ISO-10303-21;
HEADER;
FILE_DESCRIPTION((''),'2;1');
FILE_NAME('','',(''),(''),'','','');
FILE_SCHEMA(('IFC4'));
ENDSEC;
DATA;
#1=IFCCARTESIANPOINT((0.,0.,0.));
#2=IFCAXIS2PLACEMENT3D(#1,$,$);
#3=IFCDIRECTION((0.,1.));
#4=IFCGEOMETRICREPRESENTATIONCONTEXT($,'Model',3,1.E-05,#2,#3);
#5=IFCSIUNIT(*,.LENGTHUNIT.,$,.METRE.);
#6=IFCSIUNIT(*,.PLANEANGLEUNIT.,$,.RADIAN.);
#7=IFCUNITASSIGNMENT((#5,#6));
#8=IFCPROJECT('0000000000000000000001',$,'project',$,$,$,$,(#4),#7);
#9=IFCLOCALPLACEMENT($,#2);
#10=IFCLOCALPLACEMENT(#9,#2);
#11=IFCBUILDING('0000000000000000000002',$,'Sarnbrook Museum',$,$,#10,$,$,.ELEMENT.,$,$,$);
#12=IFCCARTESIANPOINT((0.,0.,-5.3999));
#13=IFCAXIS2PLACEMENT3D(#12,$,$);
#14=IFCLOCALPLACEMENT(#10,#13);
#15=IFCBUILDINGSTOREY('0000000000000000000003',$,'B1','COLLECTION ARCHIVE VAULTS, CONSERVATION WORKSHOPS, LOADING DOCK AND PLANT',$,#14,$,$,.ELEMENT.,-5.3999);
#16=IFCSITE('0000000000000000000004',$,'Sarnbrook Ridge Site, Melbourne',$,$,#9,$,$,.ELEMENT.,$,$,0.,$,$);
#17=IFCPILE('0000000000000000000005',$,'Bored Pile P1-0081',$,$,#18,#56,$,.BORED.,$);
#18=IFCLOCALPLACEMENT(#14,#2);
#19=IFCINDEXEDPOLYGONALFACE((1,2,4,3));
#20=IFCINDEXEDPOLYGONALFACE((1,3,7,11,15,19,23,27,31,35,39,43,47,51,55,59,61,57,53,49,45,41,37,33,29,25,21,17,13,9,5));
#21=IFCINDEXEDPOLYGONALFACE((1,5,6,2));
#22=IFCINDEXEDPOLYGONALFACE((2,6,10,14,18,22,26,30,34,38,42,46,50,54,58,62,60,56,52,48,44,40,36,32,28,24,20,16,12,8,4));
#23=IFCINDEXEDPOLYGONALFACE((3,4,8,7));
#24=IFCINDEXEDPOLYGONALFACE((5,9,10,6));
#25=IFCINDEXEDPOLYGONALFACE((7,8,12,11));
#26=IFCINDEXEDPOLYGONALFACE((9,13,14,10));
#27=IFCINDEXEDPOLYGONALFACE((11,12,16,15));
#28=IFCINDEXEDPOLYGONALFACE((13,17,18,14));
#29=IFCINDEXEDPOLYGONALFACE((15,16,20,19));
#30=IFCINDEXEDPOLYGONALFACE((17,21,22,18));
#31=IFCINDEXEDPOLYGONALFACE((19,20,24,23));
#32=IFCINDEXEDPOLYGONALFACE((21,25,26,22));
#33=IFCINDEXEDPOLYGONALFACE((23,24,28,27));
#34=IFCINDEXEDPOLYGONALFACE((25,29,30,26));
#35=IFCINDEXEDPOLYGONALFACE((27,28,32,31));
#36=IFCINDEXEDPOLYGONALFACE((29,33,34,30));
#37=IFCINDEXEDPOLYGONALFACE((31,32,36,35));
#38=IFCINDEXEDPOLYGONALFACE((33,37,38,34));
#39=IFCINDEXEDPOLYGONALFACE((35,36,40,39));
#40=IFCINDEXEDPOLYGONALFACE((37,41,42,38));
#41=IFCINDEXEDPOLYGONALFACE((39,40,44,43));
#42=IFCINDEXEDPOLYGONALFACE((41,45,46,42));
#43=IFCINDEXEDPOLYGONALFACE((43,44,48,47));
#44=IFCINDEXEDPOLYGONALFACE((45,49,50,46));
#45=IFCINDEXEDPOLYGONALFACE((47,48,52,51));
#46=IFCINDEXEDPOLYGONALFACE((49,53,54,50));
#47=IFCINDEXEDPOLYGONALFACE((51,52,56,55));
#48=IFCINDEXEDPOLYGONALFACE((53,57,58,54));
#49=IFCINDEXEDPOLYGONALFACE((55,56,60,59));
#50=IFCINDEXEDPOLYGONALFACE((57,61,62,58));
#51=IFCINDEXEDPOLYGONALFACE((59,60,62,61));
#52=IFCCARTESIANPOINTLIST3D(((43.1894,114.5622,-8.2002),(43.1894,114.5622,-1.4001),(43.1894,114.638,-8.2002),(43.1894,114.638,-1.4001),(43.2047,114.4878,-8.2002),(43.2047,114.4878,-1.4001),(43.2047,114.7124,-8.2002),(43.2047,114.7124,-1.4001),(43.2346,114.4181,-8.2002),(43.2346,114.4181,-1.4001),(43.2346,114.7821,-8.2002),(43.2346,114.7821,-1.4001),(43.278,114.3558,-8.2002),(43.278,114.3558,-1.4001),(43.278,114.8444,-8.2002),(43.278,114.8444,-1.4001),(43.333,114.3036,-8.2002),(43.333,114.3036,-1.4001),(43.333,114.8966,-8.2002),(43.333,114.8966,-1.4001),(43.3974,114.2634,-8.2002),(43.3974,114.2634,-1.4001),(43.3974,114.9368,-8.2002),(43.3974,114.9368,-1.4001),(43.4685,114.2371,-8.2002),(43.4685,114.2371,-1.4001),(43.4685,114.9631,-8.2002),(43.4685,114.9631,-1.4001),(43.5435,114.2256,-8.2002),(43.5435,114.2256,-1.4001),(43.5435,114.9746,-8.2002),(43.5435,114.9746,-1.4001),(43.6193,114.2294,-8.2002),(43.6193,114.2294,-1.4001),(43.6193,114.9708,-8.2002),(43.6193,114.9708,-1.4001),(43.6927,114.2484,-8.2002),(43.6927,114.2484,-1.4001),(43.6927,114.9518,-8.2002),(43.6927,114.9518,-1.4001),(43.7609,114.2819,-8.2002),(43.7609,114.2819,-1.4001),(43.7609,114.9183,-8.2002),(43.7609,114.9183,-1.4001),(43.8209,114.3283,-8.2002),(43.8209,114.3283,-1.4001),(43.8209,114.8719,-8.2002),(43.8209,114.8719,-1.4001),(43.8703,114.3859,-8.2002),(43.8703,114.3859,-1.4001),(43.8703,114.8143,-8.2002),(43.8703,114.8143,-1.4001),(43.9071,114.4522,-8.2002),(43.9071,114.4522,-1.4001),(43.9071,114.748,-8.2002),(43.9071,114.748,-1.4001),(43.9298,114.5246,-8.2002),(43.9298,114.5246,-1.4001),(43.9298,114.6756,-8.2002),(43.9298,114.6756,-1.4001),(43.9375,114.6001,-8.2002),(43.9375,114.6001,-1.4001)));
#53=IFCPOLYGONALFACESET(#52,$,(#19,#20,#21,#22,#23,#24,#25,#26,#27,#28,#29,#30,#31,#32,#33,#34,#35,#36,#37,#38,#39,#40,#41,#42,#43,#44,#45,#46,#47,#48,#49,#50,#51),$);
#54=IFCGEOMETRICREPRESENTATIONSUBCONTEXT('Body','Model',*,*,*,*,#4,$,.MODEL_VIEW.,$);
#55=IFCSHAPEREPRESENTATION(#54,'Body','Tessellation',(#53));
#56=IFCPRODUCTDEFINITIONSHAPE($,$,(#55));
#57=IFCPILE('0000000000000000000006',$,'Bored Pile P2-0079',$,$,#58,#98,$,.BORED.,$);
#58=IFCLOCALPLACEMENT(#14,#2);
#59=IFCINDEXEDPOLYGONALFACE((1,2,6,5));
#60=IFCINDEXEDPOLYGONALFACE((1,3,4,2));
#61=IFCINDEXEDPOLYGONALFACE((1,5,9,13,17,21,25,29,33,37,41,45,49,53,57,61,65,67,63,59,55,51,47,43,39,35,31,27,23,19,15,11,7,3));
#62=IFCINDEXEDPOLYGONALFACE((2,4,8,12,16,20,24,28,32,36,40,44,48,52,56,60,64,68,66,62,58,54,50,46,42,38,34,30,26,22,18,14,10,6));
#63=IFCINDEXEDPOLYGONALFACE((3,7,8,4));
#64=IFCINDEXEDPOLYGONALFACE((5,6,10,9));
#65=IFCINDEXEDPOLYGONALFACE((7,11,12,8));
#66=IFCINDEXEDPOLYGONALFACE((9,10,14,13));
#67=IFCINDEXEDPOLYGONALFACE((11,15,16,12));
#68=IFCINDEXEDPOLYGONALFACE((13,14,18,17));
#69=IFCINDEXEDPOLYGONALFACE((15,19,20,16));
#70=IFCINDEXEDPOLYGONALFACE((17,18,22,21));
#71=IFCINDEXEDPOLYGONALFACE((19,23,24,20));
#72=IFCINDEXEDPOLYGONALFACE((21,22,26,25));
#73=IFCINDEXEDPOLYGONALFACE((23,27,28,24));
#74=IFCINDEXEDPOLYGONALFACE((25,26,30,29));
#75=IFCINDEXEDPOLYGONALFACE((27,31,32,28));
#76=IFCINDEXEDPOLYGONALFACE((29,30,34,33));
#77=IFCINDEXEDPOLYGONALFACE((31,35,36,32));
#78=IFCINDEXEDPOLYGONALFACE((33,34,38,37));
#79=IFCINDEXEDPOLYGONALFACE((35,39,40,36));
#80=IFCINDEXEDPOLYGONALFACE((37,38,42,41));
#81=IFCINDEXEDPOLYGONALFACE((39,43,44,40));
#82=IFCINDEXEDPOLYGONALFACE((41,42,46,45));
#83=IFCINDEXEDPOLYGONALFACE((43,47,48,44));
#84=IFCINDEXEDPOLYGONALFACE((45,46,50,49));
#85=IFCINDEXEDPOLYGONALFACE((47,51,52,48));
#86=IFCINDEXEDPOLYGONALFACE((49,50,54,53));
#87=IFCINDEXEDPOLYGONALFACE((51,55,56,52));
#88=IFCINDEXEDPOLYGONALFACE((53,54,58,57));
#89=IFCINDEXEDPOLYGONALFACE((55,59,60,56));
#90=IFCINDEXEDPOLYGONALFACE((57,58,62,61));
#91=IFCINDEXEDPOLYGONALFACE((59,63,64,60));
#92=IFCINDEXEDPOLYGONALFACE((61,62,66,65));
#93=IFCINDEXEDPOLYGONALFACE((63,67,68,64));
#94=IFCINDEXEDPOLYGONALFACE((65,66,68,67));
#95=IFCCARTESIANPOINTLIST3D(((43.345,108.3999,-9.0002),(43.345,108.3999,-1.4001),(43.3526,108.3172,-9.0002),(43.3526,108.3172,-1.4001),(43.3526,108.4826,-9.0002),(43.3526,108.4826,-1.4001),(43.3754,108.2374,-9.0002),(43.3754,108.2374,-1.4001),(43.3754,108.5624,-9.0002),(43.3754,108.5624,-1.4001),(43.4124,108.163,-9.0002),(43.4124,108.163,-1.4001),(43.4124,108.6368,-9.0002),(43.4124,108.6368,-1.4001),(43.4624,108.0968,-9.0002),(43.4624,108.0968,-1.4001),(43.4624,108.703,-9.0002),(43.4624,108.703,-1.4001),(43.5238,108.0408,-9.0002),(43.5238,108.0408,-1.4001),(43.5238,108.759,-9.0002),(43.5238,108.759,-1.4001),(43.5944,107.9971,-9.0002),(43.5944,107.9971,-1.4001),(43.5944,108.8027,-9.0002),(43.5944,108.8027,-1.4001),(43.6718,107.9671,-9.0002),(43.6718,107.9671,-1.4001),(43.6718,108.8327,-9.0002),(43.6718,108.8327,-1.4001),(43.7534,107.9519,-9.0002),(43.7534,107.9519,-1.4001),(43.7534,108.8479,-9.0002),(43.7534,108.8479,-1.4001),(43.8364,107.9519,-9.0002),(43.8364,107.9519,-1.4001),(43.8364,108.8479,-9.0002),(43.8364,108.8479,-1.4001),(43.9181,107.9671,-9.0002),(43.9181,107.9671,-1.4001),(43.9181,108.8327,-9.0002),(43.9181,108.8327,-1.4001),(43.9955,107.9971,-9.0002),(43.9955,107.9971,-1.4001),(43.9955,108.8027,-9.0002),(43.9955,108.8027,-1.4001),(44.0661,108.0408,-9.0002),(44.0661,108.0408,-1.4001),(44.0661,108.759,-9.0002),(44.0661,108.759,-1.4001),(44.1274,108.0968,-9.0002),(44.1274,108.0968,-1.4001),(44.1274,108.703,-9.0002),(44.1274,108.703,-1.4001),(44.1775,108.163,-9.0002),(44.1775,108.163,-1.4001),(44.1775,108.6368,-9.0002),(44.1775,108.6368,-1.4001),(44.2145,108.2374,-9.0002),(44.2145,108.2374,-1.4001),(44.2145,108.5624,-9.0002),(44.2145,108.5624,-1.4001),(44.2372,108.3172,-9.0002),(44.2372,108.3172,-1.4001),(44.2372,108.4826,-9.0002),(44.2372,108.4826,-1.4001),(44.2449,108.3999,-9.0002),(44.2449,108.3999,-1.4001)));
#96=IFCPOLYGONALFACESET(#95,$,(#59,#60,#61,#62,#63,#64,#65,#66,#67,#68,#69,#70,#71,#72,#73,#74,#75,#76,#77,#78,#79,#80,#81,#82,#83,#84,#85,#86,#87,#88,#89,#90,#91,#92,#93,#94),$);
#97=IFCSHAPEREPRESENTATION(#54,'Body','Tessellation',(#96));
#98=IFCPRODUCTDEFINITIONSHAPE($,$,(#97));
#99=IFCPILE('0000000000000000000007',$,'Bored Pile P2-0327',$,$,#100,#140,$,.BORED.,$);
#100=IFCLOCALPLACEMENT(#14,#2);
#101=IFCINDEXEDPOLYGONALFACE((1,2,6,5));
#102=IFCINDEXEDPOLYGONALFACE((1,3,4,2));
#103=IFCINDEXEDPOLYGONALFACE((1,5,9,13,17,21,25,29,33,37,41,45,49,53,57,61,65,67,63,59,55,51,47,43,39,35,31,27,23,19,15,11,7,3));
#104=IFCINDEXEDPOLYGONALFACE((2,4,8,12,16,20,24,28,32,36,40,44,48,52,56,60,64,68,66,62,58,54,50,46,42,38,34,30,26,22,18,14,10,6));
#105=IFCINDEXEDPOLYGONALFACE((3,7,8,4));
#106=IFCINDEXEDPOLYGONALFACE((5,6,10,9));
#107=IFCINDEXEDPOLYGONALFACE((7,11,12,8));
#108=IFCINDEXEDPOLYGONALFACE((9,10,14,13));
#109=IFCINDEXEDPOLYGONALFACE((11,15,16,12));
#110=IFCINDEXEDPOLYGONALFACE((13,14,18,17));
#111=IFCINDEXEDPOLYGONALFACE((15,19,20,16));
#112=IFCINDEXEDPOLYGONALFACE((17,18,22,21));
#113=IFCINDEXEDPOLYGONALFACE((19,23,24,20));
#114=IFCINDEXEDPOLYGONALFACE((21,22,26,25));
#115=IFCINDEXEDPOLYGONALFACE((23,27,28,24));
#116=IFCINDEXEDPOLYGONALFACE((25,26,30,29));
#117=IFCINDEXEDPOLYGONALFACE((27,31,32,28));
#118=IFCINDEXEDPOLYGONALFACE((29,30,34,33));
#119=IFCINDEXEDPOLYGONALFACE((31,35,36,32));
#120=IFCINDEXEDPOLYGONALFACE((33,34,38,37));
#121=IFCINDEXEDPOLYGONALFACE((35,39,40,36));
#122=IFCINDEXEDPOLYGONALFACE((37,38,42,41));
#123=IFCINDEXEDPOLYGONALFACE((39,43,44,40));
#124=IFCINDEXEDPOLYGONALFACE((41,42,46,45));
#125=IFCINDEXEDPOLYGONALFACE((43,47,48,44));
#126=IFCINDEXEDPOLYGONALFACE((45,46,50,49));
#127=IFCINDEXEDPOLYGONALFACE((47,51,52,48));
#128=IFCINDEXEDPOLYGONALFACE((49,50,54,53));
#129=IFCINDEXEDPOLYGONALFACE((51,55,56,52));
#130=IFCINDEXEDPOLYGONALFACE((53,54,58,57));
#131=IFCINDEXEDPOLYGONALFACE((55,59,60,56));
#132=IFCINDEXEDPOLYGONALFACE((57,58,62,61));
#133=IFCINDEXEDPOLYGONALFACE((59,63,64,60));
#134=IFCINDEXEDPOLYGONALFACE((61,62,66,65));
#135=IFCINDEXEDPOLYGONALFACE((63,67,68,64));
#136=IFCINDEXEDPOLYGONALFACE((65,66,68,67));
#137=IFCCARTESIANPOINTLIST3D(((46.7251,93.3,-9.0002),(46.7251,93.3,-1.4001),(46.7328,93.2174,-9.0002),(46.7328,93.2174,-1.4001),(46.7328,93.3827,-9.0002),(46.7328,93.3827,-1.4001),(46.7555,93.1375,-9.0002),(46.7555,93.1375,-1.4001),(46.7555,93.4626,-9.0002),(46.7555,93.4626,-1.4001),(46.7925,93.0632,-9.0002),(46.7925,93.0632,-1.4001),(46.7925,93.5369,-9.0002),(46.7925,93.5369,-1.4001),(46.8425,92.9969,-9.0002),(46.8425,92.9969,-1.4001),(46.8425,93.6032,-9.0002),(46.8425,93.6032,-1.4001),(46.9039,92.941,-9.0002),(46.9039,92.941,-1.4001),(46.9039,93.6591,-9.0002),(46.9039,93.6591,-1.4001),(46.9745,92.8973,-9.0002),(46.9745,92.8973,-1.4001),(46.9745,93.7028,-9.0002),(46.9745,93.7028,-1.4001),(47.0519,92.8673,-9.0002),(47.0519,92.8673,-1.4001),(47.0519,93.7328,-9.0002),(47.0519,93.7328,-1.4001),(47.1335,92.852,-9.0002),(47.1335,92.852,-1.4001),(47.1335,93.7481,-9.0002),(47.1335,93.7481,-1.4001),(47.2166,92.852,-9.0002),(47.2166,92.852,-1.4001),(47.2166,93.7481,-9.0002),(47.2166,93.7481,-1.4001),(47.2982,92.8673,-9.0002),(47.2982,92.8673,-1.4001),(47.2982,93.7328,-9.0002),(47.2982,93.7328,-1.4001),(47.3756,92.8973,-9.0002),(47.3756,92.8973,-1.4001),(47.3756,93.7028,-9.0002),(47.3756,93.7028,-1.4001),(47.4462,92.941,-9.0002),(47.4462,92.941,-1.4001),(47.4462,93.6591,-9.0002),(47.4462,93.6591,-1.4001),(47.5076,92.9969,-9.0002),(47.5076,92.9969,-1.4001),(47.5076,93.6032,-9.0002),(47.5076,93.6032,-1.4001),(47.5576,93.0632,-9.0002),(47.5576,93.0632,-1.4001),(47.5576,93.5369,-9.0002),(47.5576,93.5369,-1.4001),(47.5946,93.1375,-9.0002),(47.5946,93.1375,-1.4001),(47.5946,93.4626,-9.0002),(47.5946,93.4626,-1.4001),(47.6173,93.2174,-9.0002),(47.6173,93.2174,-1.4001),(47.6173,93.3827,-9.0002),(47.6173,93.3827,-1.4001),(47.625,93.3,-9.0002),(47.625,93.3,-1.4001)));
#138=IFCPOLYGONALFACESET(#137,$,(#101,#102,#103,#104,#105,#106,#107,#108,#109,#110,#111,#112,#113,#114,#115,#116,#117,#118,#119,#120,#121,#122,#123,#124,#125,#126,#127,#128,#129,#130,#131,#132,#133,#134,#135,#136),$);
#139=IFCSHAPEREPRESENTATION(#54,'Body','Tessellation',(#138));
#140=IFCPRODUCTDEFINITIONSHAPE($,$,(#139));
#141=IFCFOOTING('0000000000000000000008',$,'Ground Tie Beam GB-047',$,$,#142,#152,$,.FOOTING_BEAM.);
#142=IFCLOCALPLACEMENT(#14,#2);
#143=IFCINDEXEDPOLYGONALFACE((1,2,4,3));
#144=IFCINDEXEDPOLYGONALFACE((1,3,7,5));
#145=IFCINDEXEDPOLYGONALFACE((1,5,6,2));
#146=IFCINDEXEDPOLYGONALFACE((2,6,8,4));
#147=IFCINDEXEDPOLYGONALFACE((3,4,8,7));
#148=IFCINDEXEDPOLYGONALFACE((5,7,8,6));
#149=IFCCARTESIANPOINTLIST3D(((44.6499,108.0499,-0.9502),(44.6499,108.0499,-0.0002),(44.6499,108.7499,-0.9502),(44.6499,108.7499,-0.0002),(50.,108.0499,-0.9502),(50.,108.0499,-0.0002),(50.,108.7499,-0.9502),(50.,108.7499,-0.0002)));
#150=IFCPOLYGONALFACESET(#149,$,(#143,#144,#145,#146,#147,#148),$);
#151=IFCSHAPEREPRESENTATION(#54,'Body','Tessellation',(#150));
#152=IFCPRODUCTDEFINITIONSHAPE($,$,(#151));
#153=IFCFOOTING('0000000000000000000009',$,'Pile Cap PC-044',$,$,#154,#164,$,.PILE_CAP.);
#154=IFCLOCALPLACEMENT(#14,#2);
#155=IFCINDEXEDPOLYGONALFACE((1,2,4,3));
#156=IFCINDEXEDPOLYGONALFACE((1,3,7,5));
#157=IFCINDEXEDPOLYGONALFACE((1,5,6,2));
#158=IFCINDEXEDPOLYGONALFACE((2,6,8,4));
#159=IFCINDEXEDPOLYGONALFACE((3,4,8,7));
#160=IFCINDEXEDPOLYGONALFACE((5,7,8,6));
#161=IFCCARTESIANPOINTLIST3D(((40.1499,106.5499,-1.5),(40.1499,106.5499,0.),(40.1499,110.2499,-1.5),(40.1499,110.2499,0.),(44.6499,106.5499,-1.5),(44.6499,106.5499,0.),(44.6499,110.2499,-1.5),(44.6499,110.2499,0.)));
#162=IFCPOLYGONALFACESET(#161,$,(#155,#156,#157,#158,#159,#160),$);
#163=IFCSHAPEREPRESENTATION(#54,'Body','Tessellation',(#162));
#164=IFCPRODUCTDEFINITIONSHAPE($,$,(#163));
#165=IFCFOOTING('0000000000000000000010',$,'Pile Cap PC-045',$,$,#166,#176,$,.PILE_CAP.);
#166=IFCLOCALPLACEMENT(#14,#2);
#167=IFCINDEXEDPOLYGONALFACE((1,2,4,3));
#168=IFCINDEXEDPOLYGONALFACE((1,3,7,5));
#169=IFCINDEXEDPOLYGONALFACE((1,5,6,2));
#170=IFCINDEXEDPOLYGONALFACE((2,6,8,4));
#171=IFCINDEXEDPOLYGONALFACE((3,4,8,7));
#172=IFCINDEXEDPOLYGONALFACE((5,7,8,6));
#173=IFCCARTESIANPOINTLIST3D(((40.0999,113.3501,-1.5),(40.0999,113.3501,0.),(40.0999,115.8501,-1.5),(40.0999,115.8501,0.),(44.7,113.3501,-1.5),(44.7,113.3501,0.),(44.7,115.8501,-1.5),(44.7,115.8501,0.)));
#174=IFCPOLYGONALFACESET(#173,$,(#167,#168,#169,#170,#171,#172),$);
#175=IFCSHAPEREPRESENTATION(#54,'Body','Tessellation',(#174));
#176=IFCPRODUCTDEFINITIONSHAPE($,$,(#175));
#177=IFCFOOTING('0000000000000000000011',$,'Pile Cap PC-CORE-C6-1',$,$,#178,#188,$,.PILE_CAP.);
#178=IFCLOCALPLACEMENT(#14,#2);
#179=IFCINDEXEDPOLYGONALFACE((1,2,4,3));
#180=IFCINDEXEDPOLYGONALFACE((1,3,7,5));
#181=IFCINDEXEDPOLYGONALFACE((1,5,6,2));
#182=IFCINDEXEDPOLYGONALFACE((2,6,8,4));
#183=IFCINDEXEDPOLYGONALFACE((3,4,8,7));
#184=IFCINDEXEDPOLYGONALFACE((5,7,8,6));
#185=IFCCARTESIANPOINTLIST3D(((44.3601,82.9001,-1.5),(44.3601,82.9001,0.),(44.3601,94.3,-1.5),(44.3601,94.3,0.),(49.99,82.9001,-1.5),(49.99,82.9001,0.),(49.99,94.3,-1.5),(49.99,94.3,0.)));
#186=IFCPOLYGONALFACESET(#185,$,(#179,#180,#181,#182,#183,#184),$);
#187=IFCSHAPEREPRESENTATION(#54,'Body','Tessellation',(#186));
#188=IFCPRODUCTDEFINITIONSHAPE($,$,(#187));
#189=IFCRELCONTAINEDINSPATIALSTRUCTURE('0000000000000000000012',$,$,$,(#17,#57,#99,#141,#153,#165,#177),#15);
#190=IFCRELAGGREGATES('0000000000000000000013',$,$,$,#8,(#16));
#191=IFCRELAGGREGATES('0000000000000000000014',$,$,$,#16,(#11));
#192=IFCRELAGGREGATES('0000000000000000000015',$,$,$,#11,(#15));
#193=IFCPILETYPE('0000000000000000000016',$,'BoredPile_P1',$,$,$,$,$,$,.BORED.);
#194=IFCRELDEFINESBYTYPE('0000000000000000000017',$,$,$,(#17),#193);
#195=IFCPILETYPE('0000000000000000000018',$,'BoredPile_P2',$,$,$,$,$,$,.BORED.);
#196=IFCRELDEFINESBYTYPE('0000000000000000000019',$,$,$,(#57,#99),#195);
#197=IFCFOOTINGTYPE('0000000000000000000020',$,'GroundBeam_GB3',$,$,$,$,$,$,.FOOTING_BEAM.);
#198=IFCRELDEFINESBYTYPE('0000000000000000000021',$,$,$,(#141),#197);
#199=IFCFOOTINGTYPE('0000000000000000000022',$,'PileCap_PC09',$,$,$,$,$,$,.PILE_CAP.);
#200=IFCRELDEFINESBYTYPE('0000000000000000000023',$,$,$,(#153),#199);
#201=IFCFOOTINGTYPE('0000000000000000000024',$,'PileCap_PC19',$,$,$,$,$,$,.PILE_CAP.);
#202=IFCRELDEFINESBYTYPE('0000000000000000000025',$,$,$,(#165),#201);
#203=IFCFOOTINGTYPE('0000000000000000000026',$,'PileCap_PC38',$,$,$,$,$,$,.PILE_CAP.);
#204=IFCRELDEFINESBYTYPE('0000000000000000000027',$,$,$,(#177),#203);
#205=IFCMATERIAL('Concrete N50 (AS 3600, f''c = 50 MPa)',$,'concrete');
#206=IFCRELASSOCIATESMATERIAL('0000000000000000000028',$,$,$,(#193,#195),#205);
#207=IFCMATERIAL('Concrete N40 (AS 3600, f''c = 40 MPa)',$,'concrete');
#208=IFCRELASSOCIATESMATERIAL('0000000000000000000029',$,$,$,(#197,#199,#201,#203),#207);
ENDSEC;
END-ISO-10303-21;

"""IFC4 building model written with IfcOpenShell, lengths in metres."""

from ifc_helpers import new_model, si_unit, direction, frame, origin, origin_2d, place, context, subcontext, project, spatial, rectangle, circle, extrude, material, material_profile, profile_set, type_object, element, save


model = new_model("IFC4")

# Units and contexts
model_context = context("Model", 3, precision=1e-05, world=origin(), true_north=direction((0.0, 1.0)))
body_context = subcontext(model_context, "Body", "Model", "MODEL_VIEW")
ifc_project = project(units=[si_unit("LENGTHUNIT", "METRE"), si_unit("PLANEANGLEUNIT", "RADIAN")], contexts=[model_context])

# Site, building, storey
site_placement = place(None, origin())
site = spatial("IfcSite", under=ifc_project, at=site_placement, Name="Sarnbrook Ridge Site, Melbourne", CompositionType="ELEMENT", RefElevation=0.0)
building_placement = place(site_placement, origin())
building = spatial("IfcBuilding", under=site, at=building_placement, Name="Sarnbrook Museum", CompositionType="ELEMENT")
storey_placement = place(building_placement, frame((0.0, 0.0, -5.3999)))
storey = spatial("IfcBuildingStorey", under=building, at=storey_placement, Name="B1", Description="COLLECTION ARCHIVE VAULTS, CONSERVATION WORKSHOPS, LOADING DOCK AND PLANT", CompositionType="ELEMENT", Elevation=-5.3999)

# Piles
ifc_material_1 = material(Name="Concrete N50 (AS 3600, f'c = 50 MPa)", Category="concrete")
ifc_material_profile_1 = material_profile(ifc_material_1, circle(Radius=0.375, at=origin_2d()), Name="BORED PILE D750")
ifc_profile_set_1 = profile_set([ifc_material_profile_1], Name="Concrete N50 (AS 3600, f'c = 50 MPa)")
pile_type_1 = type_object("IfcPileType", Name="BoredPile_P1", PredefinedType="BORED", material=ifc_profile_set_1)
pile_placement = place(storey_placement, frame((43.5625, 114.6001, -1.4001), z_axis=(0.0, 0.0, -1.0), x_axis=(1.0, 0.0, 0.0)))
element("IfcPile", 1, at=pile_placement, inside=storey, type_object=pile_type_1, Name="Bored Pile P1-0081", PredefinedType="BORED", context=body_context, shape_type="SweptSolid", body=[
    extrude(circle(Radius=0.375, at=origin_2d()), origin(), (0.0, 0.0, 1.0), 6.8),
])
ifc_material_profile_2 = material_profile(ifc_material_1, circle(Radius=0.45, at=origin_2d()), Name="BORED PILE D900")
ifc_profile_set_2 = profile_set([ifc_material_profile_2], Name="Concrete N50 (AS 3600, f'c = 50 MPa)")
pile_type_2 = type_object("IfcPileType", Name="BoredPile_P2", PredefinedType="BORED", material=ifc_profile_set_2)
for number, where, z_axis, x_axis, name in (
    (2, (43.7949, 108.3999, -1.4001), (0.0, 0.0, -1.0), (1.0, 0.0, 0.0), "Bored Pile P2-0079"),
    (3, (47.175, 93.3, -1.4001), (0.0, 0.0, -1.0), (1.0, 0.0, 0.0), "Bored Pile P2-0327"),
):
    element("IfcPile", number, at=place(storey_placement, frame(where, z_axis=z_axis, x_axis=x_axis)), inside=storey, type_object=pile_type_2, Name=name, PredefinedType="BORED", context=body_context, shape_type="SweptSolid", body=[
        extrude(circle(Radius=0.45, at=origin_2d()), origin(), (0.0, 0.0, 1.0), 7.6001),
    ])

# Footings
ifc_material_2 = material(Name="Concrete N40 (AS 3600, f'c = 40 MPa)", Category="concrete")
footing_type_1 = type_object("IfcFootingType", Name="GroundBeam_GB3", PredefinedType="FOOTING_BEAM", material=ifc_material_2)
footing_1_placement = place(storey_placement, frame((47.325, 108.3999, -0.9502), z_axis=(0.0, 0.0, 1.0), x_axis=(1.0, 0.0, 0.0)))
element("IfcFooting", 4, at=footing_1_placement, inside=storey, type_object=footing_type_1, Name="Ground Tie Beam GB-047", PredefinedType="FOOTING_BEAM", context=body_context, shape_type="SweptSolid", body=[
    extrude(rectangle(XDim=5.3501, YDim=0.7, at=origin_2d()), origin(), (0.0, 0.0, 1.0), 0.95),
])
footing_type_2 = type_object("IfcFootingType", Name="PileCap_PC09", PredefinedType="PILE_CAP", material=ifc_material_2)
footing_2_placement = place(storey_placement, frame((42.3999, 108.3999, -1.5), z_axis=(0.0, 0.0, 1.0), x_axis=(1.0, 0.0, 0.0)))
element("IfcFooting", 5, at=footing_2_placement, inside=storey, type_object=footing_type_2, Name="Pile Cap PC-044", PredefinedType="PILE_CAP", context=body_context, shape_type="SweptSolid", body=[
    extrude(rectangle(XDim=4.5, YDim=3.7, at=origin_2d()), origin(), (0.0, 0.0, 1.0), 1.5),
])
footing_type_3 = type_object("IfcFootingType", Name="PileCap_PC19", PredefinedType="PILE_CAP", material=ifc_material_2)
footing_3_placement = place(storey_placement, frame((42.3999, 114.6001, -1.5), z_axis=(0.0, 0.0, 1.0), x_axis=(1.0, 0.0, 0.0)))
element("IfcFooting", 6, at=footing_3_placement, inside=storey, type_object=footing_type_3, Name="Pile Cap PC-045", PredefinedType="PILE_CAP", context=body_context, shape_type="SweptSolid", body=[
    extrude(rectangle(XDim=4.6001, YDim=2.5, at=origin_2d()), origin(), (0.0, 0.0, 1.0), 1.5),
])
footing_type_4 = type_object("IfcFootingType", Name="PileCap_PC38", PredefinedType="PILE_CAP", material=ifc_material_2)
footing_4_placement = place(storey_placement, frame((47.175, 88.6001, -1.5), z_axis=(0.0, 0.0, 1.0), x_axis=(1.0, 0.0, 0.0)))
element("IfcFooting", 7, at=footing_4_placement, inside=storey, type_object=footing_type_4, Name="Pile Cap PC-CORE-C6-1", PredefinedType="PILE_CAP", context=body_context, shape_type="SweptSolid", body=[
    extrude(rectangle(XDim=5.6299, YDim=11.3999, at=origin_2d()), origin(), (0.0, 0.0, 1.0), 1.5),
])

save(model, "model.ifc")
